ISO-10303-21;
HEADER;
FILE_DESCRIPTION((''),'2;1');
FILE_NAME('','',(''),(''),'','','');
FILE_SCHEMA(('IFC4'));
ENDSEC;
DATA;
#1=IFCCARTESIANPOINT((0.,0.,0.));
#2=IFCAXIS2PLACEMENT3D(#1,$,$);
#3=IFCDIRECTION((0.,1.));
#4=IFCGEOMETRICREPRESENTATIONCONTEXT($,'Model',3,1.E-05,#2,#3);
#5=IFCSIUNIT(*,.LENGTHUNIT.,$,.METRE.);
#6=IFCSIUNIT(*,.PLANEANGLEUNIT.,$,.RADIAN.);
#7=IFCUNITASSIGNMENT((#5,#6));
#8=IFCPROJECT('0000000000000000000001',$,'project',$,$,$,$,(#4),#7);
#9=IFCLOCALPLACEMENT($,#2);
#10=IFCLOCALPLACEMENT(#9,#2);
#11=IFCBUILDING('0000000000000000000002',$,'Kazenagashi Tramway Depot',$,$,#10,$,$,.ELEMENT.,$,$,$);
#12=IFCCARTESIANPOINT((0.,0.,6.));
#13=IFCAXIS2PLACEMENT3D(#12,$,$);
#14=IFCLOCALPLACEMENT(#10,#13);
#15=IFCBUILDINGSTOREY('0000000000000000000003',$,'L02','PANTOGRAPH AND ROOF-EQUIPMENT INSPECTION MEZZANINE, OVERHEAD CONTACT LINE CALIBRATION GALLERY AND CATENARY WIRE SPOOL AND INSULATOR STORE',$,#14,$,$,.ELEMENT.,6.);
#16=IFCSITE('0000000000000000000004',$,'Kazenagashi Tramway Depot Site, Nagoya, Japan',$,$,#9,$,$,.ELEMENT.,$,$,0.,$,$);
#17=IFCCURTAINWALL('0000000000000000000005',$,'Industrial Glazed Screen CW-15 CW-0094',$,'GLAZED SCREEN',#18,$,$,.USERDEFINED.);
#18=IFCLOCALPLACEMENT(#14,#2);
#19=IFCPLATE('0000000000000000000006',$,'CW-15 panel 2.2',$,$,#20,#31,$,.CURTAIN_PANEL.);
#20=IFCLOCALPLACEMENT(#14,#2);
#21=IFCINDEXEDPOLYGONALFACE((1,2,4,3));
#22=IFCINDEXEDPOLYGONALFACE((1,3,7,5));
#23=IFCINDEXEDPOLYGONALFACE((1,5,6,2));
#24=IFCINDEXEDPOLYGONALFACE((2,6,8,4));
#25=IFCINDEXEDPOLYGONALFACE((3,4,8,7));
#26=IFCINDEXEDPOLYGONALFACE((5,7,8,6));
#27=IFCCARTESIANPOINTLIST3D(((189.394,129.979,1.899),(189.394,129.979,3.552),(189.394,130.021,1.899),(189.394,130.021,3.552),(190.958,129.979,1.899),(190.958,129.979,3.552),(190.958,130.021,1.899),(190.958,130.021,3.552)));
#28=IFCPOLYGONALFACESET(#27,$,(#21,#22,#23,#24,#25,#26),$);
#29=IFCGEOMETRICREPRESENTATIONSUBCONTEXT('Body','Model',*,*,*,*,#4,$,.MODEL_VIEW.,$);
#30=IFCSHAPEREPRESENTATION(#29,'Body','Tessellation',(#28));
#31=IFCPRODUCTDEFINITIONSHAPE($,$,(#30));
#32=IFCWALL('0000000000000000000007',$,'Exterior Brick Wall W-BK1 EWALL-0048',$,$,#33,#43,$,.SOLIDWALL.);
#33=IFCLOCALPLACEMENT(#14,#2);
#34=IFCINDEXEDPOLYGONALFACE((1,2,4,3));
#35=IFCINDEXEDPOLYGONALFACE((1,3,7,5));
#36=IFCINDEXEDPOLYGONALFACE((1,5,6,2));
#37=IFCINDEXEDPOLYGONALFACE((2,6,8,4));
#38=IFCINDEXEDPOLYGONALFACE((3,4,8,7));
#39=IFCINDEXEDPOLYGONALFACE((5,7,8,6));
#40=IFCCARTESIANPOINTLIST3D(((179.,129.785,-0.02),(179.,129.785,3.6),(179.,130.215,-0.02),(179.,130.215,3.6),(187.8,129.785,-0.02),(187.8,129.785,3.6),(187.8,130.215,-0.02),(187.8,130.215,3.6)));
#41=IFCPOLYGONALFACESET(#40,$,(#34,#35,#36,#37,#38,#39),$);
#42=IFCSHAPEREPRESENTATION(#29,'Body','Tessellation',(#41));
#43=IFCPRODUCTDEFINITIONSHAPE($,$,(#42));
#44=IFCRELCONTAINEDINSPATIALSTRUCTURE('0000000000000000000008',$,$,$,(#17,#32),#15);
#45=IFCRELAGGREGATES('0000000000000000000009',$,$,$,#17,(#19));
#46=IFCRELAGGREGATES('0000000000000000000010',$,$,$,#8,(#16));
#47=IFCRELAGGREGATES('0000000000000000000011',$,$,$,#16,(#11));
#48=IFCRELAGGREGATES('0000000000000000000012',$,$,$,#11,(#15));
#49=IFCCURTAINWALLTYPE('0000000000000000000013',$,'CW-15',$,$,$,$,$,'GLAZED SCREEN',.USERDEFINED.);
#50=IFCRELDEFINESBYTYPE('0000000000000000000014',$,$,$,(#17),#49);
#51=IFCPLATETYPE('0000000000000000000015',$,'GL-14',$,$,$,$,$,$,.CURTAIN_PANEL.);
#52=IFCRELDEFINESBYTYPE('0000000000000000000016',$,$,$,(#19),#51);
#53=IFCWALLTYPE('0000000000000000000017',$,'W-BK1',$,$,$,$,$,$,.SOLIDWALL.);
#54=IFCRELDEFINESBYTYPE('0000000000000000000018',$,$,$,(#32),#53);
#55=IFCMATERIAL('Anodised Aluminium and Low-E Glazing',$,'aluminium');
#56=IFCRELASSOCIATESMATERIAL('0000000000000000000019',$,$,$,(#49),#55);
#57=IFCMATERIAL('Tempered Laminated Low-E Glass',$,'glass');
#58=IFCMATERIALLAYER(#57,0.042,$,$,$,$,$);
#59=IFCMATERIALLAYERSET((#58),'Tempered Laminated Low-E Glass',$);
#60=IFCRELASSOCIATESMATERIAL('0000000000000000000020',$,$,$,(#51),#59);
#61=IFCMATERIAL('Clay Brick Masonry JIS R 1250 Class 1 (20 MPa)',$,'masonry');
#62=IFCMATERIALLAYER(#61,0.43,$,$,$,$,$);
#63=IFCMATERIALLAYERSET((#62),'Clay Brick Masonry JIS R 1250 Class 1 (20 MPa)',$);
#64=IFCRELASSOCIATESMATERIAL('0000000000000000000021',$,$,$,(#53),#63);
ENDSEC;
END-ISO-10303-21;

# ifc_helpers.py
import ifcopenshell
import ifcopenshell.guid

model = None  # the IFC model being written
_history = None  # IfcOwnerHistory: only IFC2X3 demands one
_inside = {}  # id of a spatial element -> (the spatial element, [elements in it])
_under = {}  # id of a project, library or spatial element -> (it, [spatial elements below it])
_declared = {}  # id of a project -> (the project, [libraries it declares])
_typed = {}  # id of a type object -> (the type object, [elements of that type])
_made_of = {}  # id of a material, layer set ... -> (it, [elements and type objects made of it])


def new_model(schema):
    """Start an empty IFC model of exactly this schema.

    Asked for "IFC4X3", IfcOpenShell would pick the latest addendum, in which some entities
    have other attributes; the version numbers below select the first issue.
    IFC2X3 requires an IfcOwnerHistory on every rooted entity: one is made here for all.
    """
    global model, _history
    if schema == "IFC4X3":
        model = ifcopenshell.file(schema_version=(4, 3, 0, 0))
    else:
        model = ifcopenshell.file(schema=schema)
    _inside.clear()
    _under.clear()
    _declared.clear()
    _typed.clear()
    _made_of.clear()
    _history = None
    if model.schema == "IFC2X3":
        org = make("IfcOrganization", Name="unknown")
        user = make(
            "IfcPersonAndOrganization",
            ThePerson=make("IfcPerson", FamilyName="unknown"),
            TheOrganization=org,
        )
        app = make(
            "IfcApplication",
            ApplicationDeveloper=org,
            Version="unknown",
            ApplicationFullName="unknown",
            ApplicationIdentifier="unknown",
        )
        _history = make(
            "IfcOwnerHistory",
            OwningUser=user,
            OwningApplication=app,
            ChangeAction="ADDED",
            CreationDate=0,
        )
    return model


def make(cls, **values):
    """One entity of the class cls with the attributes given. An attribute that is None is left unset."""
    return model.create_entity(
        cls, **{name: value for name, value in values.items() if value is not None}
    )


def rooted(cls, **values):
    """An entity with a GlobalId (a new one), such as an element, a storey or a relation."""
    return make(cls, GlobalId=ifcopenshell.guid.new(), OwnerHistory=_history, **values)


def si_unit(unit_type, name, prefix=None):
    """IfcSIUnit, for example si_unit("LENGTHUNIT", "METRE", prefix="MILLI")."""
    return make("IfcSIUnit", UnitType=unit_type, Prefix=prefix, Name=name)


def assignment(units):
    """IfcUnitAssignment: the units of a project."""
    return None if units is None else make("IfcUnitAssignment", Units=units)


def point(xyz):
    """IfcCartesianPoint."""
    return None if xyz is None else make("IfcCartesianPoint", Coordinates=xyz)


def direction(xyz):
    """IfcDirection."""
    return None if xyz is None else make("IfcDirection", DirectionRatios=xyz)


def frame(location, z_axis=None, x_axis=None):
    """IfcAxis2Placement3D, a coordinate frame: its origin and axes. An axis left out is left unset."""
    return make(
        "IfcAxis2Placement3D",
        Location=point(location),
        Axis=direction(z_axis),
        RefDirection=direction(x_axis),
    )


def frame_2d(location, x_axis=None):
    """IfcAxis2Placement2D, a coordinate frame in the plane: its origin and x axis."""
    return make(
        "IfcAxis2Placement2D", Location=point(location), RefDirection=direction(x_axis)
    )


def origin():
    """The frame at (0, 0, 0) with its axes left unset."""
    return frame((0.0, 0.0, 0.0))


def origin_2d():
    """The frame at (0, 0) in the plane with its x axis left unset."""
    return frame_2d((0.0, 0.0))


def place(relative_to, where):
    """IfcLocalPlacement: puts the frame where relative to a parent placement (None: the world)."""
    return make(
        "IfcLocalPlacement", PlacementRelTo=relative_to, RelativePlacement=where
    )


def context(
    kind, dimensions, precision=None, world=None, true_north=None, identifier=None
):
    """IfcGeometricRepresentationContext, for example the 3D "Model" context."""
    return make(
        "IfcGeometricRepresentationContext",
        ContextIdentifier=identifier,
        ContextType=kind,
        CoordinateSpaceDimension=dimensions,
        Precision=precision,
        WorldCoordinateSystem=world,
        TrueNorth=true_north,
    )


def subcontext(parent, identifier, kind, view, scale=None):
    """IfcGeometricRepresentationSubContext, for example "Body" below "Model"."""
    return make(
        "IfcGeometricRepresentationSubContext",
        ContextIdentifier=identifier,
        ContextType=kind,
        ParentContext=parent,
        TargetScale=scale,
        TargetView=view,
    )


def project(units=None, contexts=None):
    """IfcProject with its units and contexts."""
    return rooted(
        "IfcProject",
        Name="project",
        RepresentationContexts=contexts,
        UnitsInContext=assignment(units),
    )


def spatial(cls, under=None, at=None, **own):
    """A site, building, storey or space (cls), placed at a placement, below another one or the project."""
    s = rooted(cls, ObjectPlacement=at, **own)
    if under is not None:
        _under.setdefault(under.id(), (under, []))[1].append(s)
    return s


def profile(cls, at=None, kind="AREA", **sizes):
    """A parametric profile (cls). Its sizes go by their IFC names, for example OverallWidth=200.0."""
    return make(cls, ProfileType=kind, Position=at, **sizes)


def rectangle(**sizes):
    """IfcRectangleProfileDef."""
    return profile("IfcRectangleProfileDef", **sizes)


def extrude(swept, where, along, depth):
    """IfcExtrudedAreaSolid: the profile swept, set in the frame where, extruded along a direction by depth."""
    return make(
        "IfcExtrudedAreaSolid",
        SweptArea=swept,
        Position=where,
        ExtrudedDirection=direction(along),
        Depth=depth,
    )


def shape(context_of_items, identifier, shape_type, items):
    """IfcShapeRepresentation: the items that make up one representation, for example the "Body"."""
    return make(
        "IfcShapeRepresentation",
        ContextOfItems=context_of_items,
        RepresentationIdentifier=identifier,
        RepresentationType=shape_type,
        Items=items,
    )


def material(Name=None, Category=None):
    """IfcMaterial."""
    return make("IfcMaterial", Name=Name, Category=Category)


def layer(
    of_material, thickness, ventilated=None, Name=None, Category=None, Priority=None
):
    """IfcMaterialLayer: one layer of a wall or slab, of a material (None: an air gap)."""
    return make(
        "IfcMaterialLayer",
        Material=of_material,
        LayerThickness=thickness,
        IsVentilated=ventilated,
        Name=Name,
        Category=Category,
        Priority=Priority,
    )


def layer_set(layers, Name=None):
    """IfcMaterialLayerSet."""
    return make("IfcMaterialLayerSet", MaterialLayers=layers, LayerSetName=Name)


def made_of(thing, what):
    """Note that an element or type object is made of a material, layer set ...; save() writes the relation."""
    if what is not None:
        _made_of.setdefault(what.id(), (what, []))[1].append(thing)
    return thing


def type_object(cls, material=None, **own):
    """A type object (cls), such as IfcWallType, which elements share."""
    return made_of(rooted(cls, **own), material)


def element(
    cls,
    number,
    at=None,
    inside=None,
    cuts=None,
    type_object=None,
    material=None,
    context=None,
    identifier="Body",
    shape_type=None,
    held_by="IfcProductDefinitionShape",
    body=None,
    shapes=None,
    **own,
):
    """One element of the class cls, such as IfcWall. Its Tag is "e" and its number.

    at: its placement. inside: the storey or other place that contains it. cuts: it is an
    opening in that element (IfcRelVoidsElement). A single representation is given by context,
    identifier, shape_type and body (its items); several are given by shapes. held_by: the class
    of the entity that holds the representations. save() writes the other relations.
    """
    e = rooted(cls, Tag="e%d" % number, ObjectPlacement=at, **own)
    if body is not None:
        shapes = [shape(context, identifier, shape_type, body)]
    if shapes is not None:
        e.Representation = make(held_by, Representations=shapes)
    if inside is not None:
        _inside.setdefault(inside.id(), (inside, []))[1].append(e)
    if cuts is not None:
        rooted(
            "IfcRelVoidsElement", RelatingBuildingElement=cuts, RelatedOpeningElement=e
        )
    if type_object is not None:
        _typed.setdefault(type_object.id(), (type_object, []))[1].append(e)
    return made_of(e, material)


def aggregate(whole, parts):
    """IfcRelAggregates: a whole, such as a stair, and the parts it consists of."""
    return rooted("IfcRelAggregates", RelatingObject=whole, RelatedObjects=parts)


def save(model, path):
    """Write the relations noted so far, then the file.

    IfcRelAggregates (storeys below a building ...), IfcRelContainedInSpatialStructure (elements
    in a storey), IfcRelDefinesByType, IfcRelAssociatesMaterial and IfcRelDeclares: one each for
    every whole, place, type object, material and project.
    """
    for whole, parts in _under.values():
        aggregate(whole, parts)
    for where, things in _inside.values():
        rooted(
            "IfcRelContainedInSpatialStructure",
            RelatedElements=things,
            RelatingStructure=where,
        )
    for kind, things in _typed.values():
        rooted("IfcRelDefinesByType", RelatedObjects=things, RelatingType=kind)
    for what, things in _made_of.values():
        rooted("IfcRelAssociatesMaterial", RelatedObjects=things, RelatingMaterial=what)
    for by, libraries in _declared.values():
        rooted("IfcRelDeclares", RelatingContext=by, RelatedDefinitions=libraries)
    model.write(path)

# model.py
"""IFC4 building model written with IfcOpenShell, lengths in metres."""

from ifc_helpers import new_model, si_unit, direction, frame, frame_2d, origin, origin_2d, place, context, subcontext, project, spatial, rectangle, extrude, material, layer, layer_set, type_object, element, aggregate, save


model = new_model("IFC4")

# Units and contexts
model_context = context("Model", 3, precision=1e-05, world=origin(), true_north=direction((0.0, 1.0)))
body_context = subcontext(model_context, "Body", "Model", "MODEL_VIEW")
ifc_project = project(units=[si_unit("LENGTHUNIT", "METRE"), si_unit("PLANEANGLEUNIT", "RADIAN")], contexts=[model_context])

# Site, building, storey
site_placement = place(None, origin())
site = spatial("IfcSite", under=ifc_project, at=site_placement, Name="Kazenagashi Tramway Depot Site, Nagoya, Japan", CompositionType="ELEMENT", RefElevation=0.0)
building_placement = place(site_placement, origin())
building = spatial("IfcBuilding", under=site, at=building_placement, Name="Kazenagashi Tramway Depot", CompositionType="ELEMENT")
storey_placement = place(building_placement, frame((0.0, 0.0, 6.0)))
storey = spatial("IfcBuildingStorey", under=building, at=storey_placement, Name="L02", Description="PANTOGRAPH AND ROOF-EQUIPMENT INSPECTION MEZZANINE, OVERHEAD CONTACT LINE CALIBRATION GALLERY AND CATENARY WIRE SPOOL AND INSULATOR STORE", CompositionType="ELEMENT", Elevation=6.0)

# Curtain wall
ifc_material_1 = material(Name="Anodised Aluminium and Low-E Glazing", Category="aluminium")
curtain_wall_type = type_object("IfcCurtainWallType", Name="CW-15", ElementType="GLAZED SCREEN", PredefinedType="USERDEFINED", material=ifc_material_1)
curtain_wall_1_placement = place(storey_placement, origin())
curtain_wall_1 = element("IfcCurtainWall", 1, at=curtain_wall_1_placement, inside=storey, type_object=curtain_wall_type, Name="Industrial Glazed Screen CW-15 CW-0094", ObjectType="GLAZED SCREEN", PredefinedType="USERDEFINED")

# Plate
ifc_material_2 = material(Name="Tempered Laminated Low-E Glass", Category="glass")
ifc_layer_1 = layer(ifc_material_2, 0.042)
ifc_layer_set_1 = layer_set([ifc_layer_1], Name="Tempered Laminated Low-E Glass")
plate_type_1 = type_object("IfcPlateType", Name="GL-14", PredefinedType="CURTAIN_PANEL", material=ifc_layer_set_1)
plate_1_placement = place(storey_placement, frame((190.176, 130.0, 1.899), z_axis=(0.0, 0.0, 1.0), x_axis=(1.0, 0.0, 0.0)))
plate_1 = element("IfcPlate", 2, at=plate_1_placement, type_object=plate_type_1, Name="CW-15 panel 2.2", PredefinedType="CURTAIN_PANEL", context=body_context, shape_type="SweptSolid", body=[
    extrude(rectangle(XDim=1.564, YDim=0.042, at=origin_2d()), origin(), (0.0, 0.0, 1.0), 1.653),
])
aggregate(curtain_wall_1, [plate_1])

# Wall
ifc_material_3 = material(Name="Clay Brick Masonry JIS R 1250 Class 1 (20 MPa)", Category="masonry")
ifc_layer_2 = layer(ifc_material_3, 0.43)
ifc_layer_set_2 = layer_set([ifc_layer_2], Name="Clay Brick Masonry JIS R 1250 Class 1 (20 MPa)")
wall_type = type_object("IfcWallType", Name="W-BK1", PredefinedType="SOLIDWALL", material=ifc_layer_set_2)
wall_placement = place(storey_placement, frame((179.0, 130.0, -0.02), z_axis=(0.0, 0.0, 1.0), x_axis=(1.0, 0.0, 0.0)))
element("IfcWall", 3, at=wall_placement, inside=storey, type_object=wall_type, Name="Exterior Brick Wall W-BK1 EWALL-0048", PredefinedType="SOLIDWALL", context=body_context, shape_type="SweptSolid", body=[
    extrude(rectangle(XDim=8.8, YDim=0.43, at=frame_2d((4.4, 0.0))), origin(), (0.0, 0.0, 1.0), 3.62),
])

save(model, "model.ifc")
